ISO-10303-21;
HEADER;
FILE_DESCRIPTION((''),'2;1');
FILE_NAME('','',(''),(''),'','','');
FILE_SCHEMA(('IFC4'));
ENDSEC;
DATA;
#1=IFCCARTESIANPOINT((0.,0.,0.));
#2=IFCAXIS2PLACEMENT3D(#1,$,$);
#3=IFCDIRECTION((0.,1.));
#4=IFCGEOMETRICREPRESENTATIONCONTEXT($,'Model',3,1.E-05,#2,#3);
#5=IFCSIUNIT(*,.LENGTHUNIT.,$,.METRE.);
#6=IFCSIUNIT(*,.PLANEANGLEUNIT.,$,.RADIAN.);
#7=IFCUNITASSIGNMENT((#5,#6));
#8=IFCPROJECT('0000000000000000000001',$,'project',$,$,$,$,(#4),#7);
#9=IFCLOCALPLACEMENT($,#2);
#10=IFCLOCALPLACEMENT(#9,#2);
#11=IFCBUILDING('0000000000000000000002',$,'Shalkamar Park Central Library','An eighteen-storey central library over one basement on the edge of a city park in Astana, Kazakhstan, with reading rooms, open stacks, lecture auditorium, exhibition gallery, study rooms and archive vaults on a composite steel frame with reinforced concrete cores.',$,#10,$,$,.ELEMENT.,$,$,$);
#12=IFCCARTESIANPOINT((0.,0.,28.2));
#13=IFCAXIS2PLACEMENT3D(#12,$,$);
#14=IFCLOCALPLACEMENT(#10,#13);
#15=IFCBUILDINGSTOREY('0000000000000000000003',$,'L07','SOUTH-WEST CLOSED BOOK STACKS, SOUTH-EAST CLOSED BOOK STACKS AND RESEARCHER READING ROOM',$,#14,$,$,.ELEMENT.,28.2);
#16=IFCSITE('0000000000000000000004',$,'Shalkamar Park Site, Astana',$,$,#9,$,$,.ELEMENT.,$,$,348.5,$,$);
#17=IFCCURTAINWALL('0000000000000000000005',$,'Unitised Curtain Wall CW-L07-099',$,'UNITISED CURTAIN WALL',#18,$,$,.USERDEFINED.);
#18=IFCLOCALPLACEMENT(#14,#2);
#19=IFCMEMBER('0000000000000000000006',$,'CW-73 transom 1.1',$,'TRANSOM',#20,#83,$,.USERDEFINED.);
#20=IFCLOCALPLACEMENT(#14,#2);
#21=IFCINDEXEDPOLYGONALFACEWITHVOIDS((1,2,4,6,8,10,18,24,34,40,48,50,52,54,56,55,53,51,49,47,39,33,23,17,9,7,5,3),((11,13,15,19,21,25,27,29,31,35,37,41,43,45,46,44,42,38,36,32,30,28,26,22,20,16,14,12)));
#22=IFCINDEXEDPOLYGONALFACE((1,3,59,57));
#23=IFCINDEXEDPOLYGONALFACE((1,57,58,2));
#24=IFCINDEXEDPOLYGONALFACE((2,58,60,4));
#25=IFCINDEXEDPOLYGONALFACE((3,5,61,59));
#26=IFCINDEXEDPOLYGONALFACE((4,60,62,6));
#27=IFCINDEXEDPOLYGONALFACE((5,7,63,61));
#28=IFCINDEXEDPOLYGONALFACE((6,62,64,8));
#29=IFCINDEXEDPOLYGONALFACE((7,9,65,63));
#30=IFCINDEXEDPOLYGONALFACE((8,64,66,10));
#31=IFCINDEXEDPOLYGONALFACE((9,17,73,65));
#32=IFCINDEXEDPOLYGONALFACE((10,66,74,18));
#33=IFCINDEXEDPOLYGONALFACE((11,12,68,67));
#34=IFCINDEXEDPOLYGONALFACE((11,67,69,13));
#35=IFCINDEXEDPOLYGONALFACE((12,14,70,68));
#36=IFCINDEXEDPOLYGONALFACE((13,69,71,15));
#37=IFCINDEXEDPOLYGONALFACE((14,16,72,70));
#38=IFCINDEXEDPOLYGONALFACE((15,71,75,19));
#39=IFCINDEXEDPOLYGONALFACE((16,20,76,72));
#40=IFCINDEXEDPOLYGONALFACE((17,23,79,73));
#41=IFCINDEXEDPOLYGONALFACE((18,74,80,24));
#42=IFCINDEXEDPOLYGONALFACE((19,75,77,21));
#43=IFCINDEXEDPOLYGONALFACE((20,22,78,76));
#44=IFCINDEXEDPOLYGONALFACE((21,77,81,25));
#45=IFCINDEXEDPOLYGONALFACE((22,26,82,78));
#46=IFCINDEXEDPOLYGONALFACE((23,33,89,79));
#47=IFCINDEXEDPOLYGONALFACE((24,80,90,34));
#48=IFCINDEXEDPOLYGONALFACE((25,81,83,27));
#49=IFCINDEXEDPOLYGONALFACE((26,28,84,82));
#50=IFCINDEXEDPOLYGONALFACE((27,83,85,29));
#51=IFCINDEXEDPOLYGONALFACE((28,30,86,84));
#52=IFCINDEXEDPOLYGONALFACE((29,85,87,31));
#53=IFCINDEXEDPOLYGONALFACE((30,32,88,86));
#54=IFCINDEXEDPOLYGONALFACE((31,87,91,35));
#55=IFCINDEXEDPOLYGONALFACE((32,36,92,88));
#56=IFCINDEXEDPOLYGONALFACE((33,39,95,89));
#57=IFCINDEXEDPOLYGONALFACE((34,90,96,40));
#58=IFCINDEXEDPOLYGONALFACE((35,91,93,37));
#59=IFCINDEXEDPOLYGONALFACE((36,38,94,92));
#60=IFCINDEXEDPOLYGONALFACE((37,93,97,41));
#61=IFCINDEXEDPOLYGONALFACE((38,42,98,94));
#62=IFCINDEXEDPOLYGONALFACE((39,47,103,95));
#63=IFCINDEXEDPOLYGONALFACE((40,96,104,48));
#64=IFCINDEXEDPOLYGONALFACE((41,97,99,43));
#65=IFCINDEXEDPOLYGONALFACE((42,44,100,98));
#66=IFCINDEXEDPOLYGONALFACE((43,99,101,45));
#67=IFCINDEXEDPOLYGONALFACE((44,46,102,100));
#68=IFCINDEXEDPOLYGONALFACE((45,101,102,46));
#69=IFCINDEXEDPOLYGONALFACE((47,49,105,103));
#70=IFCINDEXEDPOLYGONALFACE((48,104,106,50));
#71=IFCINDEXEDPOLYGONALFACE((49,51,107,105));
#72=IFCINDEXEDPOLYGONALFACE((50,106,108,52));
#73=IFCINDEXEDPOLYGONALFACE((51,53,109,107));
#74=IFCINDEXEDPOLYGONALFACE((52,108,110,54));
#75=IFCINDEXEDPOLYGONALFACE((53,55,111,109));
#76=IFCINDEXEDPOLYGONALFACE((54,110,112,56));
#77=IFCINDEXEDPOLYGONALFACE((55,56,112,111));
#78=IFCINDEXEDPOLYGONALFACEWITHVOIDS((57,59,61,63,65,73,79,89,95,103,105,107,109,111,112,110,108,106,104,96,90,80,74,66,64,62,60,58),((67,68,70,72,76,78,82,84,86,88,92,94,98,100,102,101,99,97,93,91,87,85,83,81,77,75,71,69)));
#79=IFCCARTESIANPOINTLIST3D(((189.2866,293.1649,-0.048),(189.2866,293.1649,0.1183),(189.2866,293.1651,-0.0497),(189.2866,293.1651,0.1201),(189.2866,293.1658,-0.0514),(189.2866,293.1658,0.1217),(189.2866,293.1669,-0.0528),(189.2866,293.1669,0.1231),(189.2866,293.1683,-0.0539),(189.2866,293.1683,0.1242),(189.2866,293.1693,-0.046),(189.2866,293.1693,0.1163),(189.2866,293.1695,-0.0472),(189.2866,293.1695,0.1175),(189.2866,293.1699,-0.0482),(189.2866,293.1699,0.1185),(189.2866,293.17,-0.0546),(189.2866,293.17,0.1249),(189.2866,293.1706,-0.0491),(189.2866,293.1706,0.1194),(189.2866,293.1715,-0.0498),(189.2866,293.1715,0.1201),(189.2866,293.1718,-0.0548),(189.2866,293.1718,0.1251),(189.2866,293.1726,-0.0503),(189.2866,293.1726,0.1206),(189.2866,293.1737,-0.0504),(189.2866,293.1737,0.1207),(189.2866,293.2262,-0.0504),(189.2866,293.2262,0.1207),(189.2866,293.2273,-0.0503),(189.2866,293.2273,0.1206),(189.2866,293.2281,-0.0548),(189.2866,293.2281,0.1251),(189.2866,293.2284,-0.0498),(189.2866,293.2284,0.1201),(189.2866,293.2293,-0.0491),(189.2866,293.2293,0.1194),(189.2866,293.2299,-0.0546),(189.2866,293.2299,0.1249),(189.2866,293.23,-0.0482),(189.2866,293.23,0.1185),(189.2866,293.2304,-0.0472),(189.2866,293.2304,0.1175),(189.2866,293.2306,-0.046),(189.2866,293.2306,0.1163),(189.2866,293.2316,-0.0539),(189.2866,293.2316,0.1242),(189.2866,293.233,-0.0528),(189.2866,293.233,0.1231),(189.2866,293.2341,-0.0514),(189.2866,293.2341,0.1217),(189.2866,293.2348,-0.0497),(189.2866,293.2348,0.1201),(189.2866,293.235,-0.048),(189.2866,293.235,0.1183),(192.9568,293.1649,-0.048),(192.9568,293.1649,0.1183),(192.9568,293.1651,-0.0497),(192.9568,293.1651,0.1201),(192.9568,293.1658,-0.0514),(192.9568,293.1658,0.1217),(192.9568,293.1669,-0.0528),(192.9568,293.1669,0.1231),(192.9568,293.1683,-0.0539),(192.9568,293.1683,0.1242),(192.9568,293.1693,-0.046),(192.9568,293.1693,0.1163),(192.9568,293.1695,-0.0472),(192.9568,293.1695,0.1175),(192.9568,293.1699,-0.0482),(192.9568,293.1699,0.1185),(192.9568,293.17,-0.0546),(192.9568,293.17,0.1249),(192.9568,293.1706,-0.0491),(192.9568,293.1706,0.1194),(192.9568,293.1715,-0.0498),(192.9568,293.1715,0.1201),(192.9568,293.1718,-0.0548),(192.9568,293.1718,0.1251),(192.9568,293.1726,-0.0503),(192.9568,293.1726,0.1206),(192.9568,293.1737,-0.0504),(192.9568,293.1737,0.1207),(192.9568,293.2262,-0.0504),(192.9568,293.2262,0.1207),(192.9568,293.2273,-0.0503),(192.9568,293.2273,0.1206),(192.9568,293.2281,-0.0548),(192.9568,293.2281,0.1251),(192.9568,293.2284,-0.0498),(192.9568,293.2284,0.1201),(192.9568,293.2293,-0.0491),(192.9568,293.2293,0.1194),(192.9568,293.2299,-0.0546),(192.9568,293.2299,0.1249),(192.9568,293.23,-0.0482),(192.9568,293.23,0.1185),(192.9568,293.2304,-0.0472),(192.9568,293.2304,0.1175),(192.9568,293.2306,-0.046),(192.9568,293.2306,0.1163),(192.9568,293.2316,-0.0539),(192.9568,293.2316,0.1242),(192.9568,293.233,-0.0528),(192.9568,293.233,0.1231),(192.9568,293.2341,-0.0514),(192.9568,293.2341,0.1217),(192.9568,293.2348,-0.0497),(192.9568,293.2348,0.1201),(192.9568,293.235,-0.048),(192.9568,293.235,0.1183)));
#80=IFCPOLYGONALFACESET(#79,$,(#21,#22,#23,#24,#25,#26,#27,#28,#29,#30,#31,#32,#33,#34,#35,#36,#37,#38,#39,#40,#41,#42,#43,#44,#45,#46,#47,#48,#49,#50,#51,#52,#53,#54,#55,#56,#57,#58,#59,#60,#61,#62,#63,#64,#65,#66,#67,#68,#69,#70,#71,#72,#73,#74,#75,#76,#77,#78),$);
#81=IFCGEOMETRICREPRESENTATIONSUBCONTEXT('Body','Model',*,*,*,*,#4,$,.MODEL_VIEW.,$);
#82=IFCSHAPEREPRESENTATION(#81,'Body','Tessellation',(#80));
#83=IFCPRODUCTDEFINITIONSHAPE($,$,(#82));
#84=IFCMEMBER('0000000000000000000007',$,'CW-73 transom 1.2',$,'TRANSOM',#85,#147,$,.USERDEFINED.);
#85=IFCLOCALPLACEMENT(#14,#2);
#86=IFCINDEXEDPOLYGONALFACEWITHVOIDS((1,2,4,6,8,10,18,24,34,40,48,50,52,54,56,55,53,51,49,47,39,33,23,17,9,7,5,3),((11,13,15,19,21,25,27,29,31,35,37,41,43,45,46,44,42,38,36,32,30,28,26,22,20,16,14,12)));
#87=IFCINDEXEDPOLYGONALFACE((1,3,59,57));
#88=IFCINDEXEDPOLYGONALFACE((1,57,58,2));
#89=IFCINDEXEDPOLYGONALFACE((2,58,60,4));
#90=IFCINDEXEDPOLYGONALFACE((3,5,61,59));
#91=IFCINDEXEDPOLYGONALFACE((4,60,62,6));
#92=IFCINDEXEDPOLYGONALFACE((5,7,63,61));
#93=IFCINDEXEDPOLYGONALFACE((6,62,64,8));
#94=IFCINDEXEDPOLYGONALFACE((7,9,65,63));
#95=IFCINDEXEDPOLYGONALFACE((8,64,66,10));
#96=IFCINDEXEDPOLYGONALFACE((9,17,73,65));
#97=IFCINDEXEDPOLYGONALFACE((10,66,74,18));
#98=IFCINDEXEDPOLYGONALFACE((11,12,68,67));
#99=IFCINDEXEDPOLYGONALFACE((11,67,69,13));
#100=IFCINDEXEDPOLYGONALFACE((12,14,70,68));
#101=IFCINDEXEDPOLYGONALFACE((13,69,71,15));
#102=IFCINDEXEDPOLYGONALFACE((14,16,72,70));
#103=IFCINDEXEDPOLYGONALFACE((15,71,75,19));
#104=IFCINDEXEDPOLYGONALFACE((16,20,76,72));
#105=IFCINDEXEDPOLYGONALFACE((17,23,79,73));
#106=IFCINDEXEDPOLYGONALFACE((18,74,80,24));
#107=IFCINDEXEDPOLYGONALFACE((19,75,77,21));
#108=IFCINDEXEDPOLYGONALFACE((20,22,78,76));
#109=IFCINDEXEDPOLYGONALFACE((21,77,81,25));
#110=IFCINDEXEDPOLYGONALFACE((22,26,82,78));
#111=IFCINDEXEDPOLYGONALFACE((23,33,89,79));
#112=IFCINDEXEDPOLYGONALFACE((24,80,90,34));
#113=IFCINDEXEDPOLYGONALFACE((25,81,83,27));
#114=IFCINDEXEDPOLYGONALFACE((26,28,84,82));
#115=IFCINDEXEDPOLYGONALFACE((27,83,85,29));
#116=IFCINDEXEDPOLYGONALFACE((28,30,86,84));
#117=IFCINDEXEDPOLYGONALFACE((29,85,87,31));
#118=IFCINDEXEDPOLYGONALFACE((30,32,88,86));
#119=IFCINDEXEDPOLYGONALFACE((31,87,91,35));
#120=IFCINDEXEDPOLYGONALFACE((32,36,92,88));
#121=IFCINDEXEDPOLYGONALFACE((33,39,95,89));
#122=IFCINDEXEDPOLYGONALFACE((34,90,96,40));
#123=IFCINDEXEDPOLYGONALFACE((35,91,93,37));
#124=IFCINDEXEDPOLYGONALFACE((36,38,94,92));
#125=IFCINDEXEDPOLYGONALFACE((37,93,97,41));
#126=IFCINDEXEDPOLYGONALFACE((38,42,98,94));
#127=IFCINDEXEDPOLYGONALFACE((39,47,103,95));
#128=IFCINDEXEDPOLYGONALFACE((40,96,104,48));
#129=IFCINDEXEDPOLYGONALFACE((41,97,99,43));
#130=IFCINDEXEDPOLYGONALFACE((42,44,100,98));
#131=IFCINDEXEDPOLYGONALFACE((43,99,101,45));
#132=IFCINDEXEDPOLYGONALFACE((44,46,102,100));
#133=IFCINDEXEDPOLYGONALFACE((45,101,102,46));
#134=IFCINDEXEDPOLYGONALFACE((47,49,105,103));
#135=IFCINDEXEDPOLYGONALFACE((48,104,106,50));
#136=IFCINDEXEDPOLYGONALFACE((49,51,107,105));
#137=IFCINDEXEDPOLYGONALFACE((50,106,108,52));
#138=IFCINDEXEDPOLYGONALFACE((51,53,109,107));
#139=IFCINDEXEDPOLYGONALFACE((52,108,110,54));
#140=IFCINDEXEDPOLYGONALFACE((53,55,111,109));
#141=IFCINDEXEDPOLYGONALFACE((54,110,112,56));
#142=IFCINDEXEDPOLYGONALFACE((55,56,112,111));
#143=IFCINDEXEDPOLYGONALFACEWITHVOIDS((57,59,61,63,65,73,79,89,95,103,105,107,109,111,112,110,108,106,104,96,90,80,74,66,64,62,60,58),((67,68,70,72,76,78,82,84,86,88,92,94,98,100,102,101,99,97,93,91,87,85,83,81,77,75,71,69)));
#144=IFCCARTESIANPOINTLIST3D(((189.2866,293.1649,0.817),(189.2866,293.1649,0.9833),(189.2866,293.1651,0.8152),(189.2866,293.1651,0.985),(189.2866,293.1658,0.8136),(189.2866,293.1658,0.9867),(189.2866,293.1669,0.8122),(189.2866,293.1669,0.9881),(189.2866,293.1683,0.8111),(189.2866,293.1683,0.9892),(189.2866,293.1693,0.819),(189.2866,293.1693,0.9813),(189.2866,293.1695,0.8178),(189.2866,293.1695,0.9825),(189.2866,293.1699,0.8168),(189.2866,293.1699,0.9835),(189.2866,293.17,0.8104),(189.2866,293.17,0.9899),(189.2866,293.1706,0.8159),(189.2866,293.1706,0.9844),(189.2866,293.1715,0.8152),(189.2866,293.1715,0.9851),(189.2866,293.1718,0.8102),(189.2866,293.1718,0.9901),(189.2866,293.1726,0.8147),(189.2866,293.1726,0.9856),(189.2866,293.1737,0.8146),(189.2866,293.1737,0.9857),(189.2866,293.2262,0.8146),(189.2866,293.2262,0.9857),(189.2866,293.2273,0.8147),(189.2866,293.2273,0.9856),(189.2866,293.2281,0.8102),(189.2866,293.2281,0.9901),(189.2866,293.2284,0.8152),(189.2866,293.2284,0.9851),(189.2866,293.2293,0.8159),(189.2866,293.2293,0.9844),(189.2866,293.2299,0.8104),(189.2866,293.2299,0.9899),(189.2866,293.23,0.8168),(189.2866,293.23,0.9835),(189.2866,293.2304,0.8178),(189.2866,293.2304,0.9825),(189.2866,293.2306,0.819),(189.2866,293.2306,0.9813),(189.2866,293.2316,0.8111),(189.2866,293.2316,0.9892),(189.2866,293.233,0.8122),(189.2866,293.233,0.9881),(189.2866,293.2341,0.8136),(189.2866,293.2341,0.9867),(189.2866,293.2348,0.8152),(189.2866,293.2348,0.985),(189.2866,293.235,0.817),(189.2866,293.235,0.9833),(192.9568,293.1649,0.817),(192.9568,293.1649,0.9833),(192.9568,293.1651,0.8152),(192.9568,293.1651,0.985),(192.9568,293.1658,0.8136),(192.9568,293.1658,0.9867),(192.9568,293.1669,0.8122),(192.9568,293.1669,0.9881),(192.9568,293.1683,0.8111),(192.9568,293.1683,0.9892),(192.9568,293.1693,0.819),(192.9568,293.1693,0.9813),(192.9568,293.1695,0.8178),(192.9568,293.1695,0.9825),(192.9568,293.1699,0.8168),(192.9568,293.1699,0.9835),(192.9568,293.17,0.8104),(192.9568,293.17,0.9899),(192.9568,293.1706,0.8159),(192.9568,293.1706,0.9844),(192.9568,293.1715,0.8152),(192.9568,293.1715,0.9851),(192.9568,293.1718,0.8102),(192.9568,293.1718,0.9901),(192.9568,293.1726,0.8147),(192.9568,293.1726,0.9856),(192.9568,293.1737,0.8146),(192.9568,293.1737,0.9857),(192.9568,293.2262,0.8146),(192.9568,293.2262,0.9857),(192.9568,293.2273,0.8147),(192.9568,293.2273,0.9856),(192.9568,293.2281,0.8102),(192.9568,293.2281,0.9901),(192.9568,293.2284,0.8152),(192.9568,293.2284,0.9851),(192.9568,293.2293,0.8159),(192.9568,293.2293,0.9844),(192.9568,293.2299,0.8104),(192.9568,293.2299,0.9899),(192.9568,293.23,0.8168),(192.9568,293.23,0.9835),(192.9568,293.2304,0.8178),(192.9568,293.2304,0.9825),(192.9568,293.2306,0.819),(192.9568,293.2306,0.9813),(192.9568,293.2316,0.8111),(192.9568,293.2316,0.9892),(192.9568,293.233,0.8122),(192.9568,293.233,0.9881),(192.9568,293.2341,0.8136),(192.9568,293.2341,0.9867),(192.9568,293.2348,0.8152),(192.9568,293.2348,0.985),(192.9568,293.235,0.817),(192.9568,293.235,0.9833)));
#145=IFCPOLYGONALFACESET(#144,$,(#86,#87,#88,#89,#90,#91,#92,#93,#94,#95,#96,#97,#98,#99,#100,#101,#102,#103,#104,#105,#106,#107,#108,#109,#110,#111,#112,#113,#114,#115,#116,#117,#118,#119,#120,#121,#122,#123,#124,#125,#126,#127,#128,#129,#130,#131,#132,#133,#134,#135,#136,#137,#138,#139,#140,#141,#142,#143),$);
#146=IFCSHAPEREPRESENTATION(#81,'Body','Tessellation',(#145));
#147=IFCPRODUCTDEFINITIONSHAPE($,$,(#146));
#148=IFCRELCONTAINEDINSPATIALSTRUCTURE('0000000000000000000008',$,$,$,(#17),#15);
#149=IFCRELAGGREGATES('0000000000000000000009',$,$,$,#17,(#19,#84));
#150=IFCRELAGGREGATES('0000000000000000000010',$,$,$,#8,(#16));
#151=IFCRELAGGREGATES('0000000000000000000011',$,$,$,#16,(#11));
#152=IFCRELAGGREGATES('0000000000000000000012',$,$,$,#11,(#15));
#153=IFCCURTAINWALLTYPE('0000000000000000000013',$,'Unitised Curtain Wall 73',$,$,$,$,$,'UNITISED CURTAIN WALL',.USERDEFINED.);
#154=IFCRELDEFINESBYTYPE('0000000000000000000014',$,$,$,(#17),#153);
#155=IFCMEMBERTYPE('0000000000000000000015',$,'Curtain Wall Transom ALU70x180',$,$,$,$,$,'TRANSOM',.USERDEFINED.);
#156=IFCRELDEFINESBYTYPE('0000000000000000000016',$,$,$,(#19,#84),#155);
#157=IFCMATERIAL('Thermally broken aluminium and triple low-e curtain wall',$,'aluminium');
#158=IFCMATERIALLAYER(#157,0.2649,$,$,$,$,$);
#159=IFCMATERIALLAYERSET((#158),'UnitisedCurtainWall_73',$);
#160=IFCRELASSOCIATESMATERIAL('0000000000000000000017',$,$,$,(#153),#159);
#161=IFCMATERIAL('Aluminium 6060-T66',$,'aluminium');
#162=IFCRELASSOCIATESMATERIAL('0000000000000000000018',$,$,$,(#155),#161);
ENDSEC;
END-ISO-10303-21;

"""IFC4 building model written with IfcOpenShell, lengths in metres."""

from ifc_helpers import new_model, si_unit, direction, frame, origin, origin_2d, place, context, subcontext, project, spatial, hollow_rectangle, extrude, material, layer, layer_set, material_profile, profile_set, type_object, element, aggregate, save


model = new_model("IFC4")

# Units and contexts
model_context = context("Model", 3, precision=1e-05, world=origin(), true_north=direction((0.0, 1.0)))
body_context = subcontext(model_context, "Body", "Model", "MODEL_VIEW")
ifc_project = project(units=[si_unit("LENGTHUNIT", "METRE"), si_unit("PLANEANGLEUNIT", "RADIAN")], contexts=[model_context])

# Site, building, storey
site_placement = place(None, origin())
site = spatial("IfcSite", under=ifc_project, at=site_placement, Name="Shalkamar Park Site, Astana", CompositionType="ELEMENT", RefElevation=348.5)
building_placement = place(site_placement, origin())
building = spatial("IfcBuilding", under=site, at=building_placement, Name="Shalkamar Park Central Library", Description="An eighteen-storey central library over one basement on the edge of a city park in Astana, Kazakhstan, with reading rooms, open stacks, lecture auditorium, exhibition gallery, study rooms and archive vaults on a composite steel frame with reinforced concrete cores.", CompositionType="ELEMENT")
storey_placement = place(building_placement, frame((0.0, 0.0, 28.2)))
storey = spatial("IfcBuildingStorey", under=building, at=storey_placement, Name="L07", Description="SOUTH-WEST CLOSED BOOK STACKS, SOUTH-EAST CLOSED BOOK STACKS AND RESEARCHER READING ROOM", CompositionType="ELEMENT", Elevation=28.2)

# Curtain wall
ifc_material_1 = material(Name="Thermally broken aluminium and triple low-e curtain wall", Category="aluminium")
ifc_material_2 = material(Name="Aluminium 6060-T66", Category="aluminium")
ifc_layer_1 = layer(ifc_material_1, 0.2649)
ifc_layer_set_1 = layer_set([ifc_layer_1], Name="UnitisedCurtainWall_73")
curtain_wall_type_1 = type_object("IfcCurtainWallType", Name="Unitised Curtain Wall 73", ElementType="UNITISED CURTAIN WALL", PredefinedType="USERDEFINED", material=ifc_layer_set_1)
curtain_wall_1_placement = place(storey_placement, origin())
curtain_wall_1 = element("IfcCurtainWall", 1, at=curtain_wall_1_placement, inside=storey, type_object=curtain_wall_type_1, Name="Unitised Curtain Wall CW-L07-099", ObjectType="UNITISED CURTAIN WALL", PredefinedType="USERDEFINED")

# Members
ifc_material_profile_1 = material_profile(ifc_material_2, hollow_rectangle(XDim=0.0701, YDim=0.1799, WallThickness=0.0044, InnerFilletRadius=0.0044, OuterFilletRadius=0.0068, at=origin_2d()), Name="ALU 70x180x4.5")
ifc_profile_set_1 = profile_set([ifc_material_profile_1], Name="Aluminium 6060-T66")
member_type_1 = type_object("IfcMemberType", Name="Curtain Wall Transom ALU70x180", ElementType="TRANSOM", PredefinedType="USERDEFINED", material=ifc_profile_set_1)
member_1_placement = place(storey_placement, frame((189.2866, 293.2, 0.0352), z_axis=(1.0, 0.0, 0.0), x_axis=(0.0, 1.0, 0.0)))
member_1 = element("IfcMember", 2, at=member_1_placement, type_object=member_type_1, Name="CW-73 transom 1.1", ObjectType="TRANSOM", PredefinedType="USERDEFINED", context=body_context, shape_type="SweptSolid", body=[
    extrude(hollow_rectangle(XDim=0.0701, YDim=0.1799, WallThickness=0.0044, InnerFilletRadius=0.0044, OuterFilletRadius=0.0068, at=origin_2d()), origin(), (0.0, 0.0, 1.0), 3.6702),
])
member_2_placement = place(storey_placement, frame((189.2866, 293.2, 0.9001), z_axis=(1.0, 0.0, 0.0), x_axis=(0.0, 1.0, 0.0)))
member_2 = element("IfcMember", 3, at=member_2_placement, type_object=member_type_1, Name="CW-73 transom 1.2", ObjectType="TRANSOM", PredefinedType="USERDEFINED", context=body_context, shape_type="SweptSolid", body=[
    extrude(hollow_rectangle(XDim=0.0701, YDim=0.1799, WallThickness=0.0044, InnerFilletRadius=0.0044, OuterFilletRadius=0.0068, at=origin_2d()), origin(), (0.0, 0.0, 1.0), 3.6702),
])

aggregate(curtain_wall_1, [member_1, member_2])

save(model, "model.ifc")
